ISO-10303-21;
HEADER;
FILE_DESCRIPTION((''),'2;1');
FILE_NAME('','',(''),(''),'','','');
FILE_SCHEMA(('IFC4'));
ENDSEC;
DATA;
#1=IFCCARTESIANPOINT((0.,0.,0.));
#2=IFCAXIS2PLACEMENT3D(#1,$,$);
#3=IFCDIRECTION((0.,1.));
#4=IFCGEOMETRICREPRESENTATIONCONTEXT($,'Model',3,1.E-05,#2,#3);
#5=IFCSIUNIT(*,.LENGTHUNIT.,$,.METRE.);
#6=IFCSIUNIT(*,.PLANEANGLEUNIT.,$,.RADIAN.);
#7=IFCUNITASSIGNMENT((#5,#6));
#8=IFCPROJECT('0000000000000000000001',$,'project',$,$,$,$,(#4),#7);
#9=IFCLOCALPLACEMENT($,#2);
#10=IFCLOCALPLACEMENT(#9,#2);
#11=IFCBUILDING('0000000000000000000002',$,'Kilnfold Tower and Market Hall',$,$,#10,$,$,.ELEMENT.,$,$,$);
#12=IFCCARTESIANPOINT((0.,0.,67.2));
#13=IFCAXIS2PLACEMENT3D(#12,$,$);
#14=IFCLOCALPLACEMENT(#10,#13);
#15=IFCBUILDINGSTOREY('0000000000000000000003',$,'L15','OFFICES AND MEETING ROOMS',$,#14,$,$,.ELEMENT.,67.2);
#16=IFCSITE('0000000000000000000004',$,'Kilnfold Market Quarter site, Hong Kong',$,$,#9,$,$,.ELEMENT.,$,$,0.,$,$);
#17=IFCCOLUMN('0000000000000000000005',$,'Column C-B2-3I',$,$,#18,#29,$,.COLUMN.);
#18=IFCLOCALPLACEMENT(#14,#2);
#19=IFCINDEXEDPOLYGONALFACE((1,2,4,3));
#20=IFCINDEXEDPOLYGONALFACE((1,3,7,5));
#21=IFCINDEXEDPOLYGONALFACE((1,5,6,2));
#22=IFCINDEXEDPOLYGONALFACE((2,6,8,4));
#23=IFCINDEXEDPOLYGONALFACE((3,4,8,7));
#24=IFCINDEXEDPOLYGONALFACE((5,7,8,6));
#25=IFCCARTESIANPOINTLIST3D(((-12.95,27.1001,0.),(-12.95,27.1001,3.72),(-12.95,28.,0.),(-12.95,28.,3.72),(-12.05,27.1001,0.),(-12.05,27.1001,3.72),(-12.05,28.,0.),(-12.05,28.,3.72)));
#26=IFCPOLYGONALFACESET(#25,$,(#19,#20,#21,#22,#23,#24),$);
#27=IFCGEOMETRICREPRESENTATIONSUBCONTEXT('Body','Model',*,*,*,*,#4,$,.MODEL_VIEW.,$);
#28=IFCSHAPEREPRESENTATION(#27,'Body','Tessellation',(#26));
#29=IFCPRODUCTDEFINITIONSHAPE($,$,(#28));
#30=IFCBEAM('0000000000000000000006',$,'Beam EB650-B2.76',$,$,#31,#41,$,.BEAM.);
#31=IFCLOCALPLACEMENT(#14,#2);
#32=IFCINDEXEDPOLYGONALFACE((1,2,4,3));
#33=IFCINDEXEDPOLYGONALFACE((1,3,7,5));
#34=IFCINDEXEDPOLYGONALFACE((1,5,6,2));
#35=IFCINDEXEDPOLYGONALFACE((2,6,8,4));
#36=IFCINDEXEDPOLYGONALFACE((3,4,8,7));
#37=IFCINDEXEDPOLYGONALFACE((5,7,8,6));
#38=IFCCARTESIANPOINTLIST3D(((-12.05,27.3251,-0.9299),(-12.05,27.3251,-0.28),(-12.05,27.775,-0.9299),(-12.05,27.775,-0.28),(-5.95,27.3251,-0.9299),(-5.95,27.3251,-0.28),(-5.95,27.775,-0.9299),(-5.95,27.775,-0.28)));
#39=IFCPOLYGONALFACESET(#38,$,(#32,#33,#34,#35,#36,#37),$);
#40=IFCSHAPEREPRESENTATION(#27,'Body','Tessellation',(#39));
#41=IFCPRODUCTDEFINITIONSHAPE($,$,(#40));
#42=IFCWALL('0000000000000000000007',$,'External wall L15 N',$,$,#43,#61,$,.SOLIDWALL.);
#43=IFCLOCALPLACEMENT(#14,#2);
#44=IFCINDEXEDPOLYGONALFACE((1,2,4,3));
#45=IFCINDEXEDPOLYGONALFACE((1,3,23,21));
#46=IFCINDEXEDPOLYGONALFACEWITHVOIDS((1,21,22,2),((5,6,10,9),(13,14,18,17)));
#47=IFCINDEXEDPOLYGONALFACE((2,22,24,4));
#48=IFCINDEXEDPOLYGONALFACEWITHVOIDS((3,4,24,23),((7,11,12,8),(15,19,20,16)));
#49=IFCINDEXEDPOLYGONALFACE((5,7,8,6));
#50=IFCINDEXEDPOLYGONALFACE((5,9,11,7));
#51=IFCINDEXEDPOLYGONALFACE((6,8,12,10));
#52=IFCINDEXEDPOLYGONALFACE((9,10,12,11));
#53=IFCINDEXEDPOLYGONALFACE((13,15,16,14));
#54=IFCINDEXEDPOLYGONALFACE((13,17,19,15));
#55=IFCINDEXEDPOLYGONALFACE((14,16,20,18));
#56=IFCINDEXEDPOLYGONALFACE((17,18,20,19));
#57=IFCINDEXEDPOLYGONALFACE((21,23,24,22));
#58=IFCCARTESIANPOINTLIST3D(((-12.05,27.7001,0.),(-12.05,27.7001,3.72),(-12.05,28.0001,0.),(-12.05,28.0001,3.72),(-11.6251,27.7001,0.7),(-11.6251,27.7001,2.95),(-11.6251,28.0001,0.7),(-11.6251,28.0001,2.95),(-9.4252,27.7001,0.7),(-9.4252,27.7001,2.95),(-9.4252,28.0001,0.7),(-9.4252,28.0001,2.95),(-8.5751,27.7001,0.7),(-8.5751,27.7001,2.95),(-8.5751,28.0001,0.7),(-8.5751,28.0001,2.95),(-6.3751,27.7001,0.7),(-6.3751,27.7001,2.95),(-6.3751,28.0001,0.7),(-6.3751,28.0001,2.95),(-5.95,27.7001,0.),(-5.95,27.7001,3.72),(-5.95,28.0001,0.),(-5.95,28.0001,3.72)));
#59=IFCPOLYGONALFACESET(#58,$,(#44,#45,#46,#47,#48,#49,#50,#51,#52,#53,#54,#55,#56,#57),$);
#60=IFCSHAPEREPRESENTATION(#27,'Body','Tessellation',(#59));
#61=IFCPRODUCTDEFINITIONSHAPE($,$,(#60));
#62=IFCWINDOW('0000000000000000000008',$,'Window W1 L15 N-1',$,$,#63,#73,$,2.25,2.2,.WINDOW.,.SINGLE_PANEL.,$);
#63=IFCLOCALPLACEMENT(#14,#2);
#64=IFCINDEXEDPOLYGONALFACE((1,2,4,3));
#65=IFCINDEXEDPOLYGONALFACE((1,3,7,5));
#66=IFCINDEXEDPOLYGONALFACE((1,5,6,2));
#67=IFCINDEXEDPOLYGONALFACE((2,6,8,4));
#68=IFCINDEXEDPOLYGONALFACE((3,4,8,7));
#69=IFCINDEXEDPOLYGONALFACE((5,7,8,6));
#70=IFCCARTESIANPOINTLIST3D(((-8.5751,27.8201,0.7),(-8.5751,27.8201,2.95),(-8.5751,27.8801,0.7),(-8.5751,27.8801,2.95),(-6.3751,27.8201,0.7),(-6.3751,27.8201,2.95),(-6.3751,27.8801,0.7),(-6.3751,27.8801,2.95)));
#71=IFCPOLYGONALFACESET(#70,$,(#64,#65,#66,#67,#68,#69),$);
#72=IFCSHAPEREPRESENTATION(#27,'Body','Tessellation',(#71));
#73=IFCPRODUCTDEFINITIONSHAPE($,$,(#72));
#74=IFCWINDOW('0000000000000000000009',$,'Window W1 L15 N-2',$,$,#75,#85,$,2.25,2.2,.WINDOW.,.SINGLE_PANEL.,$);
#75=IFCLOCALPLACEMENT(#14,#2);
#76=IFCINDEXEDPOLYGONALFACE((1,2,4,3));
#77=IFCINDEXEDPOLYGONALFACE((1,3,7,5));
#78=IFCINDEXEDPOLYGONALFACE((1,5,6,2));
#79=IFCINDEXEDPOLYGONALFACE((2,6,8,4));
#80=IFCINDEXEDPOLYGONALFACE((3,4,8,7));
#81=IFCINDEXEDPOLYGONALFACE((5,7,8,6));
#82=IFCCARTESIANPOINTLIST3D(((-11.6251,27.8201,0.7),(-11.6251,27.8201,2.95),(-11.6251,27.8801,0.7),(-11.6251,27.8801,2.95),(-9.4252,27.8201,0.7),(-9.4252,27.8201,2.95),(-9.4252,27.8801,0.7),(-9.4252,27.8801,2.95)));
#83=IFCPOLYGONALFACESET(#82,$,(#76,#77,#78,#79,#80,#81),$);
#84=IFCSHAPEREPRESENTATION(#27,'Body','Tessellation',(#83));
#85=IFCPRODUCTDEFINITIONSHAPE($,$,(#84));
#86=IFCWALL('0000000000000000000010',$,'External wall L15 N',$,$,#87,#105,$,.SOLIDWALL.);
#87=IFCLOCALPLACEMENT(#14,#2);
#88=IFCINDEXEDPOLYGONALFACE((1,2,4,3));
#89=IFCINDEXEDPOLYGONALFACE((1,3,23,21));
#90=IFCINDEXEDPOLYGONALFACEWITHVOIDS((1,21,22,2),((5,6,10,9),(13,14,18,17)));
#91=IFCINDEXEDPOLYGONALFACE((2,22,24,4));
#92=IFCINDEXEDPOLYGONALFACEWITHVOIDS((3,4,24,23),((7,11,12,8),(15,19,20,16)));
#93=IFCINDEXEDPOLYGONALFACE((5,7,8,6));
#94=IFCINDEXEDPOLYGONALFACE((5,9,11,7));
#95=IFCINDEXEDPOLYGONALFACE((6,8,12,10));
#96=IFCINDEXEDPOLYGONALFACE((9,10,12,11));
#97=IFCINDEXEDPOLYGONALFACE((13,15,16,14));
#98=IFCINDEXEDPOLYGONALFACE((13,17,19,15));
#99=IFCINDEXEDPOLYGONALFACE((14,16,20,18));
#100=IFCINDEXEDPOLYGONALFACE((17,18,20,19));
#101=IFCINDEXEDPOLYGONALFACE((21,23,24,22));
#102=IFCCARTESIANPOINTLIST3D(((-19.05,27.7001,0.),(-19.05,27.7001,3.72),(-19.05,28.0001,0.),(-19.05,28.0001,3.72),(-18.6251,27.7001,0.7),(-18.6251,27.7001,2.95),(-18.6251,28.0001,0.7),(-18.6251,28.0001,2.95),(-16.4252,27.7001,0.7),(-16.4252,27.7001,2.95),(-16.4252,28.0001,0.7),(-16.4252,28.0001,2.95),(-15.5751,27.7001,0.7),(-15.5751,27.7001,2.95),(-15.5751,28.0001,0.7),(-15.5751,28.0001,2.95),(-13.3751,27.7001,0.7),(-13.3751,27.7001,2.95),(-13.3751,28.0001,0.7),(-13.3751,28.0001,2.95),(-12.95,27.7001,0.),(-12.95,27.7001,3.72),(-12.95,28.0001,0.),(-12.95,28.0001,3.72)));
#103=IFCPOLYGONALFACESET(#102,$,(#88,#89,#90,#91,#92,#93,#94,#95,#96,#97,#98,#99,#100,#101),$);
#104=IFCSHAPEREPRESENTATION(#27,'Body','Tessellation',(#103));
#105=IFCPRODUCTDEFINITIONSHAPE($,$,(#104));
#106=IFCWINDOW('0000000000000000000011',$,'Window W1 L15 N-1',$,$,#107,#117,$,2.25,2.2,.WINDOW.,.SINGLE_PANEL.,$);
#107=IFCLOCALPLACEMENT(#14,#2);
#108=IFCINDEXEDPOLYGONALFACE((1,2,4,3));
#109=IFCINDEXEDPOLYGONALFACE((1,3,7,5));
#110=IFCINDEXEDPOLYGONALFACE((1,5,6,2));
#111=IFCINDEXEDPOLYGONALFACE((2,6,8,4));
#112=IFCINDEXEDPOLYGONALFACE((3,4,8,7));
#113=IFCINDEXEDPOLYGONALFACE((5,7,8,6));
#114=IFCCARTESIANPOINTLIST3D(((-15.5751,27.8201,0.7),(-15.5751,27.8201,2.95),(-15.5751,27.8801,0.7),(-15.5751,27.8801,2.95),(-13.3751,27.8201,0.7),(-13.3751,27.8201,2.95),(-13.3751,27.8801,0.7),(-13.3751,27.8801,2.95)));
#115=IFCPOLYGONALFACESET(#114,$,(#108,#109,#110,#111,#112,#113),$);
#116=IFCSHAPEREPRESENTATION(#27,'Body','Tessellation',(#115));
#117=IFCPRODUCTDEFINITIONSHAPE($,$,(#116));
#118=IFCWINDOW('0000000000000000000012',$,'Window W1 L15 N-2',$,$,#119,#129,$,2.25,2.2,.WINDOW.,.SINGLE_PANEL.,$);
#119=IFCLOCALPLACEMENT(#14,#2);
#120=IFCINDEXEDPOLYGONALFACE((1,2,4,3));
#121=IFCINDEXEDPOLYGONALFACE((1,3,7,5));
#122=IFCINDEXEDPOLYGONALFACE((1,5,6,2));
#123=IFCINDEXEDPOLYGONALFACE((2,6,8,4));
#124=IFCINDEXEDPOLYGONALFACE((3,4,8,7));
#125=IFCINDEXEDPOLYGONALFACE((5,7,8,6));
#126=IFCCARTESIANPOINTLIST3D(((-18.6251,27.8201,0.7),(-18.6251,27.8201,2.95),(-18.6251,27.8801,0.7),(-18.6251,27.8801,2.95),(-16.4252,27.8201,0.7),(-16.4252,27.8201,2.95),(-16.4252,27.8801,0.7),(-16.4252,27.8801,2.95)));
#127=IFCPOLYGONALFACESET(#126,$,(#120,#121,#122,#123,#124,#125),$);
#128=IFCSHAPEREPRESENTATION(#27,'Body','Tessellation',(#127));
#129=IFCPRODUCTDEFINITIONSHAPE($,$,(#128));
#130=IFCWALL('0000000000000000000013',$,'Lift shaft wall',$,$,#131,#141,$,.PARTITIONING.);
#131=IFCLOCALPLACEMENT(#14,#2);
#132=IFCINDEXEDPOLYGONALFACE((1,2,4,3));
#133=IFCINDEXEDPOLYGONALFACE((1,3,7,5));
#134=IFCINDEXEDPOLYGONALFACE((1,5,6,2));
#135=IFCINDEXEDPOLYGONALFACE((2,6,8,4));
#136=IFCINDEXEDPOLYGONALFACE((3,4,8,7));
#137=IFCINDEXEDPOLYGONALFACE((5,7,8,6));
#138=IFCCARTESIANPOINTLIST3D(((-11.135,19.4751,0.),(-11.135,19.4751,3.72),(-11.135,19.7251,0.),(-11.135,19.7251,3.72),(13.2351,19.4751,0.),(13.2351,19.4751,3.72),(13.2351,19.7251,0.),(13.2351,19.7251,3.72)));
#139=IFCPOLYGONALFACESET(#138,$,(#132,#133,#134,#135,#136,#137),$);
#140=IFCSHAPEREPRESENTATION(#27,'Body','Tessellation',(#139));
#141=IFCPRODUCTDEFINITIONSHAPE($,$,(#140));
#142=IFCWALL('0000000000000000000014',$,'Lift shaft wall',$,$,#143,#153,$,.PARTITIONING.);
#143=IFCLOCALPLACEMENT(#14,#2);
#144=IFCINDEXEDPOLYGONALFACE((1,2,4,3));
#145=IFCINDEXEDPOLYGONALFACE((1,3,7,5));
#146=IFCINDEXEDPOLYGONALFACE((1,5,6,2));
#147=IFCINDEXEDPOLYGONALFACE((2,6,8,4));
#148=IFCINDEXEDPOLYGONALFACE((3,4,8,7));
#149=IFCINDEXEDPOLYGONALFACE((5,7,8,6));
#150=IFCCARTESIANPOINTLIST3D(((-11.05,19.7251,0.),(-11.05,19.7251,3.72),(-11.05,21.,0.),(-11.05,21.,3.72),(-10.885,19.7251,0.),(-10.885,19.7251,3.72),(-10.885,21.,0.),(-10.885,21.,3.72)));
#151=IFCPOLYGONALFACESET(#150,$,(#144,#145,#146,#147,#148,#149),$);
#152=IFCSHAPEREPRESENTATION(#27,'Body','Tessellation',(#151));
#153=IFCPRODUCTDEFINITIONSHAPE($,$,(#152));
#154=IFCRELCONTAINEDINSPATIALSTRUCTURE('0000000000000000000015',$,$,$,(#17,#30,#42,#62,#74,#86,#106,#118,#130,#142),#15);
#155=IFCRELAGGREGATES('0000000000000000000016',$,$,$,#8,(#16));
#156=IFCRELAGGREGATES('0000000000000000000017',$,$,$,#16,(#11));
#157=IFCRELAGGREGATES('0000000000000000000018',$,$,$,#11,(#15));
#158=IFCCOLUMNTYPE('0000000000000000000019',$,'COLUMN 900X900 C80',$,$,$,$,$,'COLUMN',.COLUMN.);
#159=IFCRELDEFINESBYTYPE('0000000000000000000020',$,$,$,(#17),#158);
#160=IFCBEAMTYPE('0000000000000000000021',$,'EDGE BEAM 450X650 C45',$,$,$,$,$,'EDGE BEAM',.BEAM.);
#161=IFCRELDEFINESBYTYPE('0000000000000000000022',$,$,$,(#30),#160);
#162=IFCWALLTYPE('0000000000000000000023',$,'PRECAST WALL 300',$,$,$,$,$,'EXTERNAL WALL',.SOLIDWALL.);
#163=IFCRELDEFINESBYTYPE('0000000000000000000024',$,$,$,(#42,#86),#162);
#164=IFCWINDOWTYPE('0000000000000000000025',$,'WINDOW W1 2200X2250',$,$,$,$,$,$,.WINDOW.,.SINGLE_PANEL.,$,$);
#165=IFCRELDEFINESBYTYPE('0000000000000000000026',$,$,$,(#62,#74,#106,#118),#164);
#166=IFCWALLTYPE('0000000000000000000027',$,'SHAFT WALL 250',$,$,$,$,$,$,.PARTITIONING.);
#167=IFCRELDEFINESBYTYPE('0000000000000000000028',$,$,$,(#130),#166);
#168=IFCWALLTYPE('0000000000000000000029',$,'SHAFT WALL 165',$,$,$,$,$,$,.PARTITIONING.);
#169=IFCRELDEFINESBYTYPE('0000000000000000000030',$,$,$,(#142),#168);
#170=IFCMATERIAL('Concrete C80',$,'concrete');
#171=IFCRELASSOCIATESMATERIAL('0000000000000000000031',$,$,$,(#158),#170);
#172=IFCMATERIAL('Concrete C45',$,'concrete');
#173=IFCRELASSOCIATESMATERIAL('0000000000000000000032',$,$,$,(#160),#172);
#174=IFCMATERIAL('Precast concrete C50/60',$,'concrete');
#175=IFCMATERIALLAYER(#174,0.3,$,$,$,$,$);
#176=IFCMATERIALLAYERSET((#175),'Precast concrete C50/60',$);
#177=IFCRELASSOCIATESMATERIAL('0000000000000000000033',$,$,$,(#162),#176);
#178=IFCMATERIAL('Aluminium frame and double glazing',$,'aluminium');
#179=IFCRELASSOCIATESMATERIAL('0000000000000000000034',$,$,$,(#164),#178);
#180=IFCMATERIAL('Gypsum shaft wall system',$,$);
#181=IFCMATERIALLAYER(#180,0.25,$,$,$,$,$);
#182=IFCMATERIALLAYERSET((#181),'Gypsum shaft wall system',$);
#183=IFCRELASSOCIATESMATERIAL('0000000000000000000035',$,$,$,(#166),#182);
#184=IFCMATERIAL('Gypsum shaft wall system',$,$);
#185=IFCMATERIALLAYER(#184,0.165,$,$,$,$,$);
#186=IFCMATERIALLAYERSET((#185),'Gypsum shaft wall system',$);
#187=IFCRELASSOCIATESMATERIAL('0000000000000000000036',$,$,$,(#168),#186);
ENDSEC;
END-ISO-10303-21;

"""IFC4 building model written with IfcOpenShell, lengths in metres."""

from ifc_helpers import new_model, si_unit, direction, frame, frame_2d, origin, origin_2d, place, context, subcontext, project, spatial, rectangle, extrude, source, transform, mapped, material, layer, layer_set, material_profile, profile_set, type_object, element, fill, save


model = new_model("IFC4")

# Units and contexts
model_context = context("Model", 3, precision=1e-05, world=origin(), true_north=direction((0.0, 1.0)))
body_context = subcontext(model_context, "Body", "Model", "MODEL_VIEW")
ifc_project = project(units=[si_unit("LENGTHUNIT", "METRE"), si_unit("PLANEANGLEUNIT", "RADIAN")], contexts=[model_context])

# Site, building, storey
site_placement = place(None, origin())
site = spatial("IfcSite", under=ifc_project, at=site_placement, Name="Kilnfold Market Quarter site, Hong Kong", CompositionType="ELEMENT", RefElevation=0.0)
building_placement = place(site_placement, origin())
building = spatial("IfcBuilding", under=site, at=building_placement, Name="Kilnfold Tower and Market Hall", CompositionType="ELEMENT")
storey_placement = place(building_placement, frame((0.0, 0.0, 67.2)))
storey = spatial("IfcBuildingStorey", under=building, at=storey_placement, Name="L15", Description="OFFICES AND MEETING ROOMS", CompositionType="ELEMENT", Elevation=67.2)

# Column
ifc_material_1 = material(Name="Concrete C80", Category="concrete")
ifc_material_profile_1 = material_profile(ifc_material_1, rectangle(XDim=0.8999, YDim=0.8999, at=origin_2d()), Name="RC 900x900")
ifc_profile_set_1 = profile_set([ifc_material_profile_1], Name="Concrete C80")
column_type = type_object("IfcColumnType", Name="COLUMN 900X900 C80", ElementType="COLUMN", PredefinedType="COLUMN", material=ifc_profile_set_1)
shared_shape_1 = source(origin(), body_context, "Body", "SweptSolid", [
    extrude(rectangle(XDim=0.8999, YDim=0.8999, at=origin_2d()), origin(), (0.0, 0.0, 1.0), 3.72),
])
column_placement = place(storey_placement, frame((-12.5, 27.55, 0.0), z_axis=(0.0, 0.0, 1.0), x_axis=(1.0, 0.0, 0.0)))
element("IfcColumn", 1, at=column_placement, inside=storey, type_object=column_type, Name="Column C-B2-3I", PredefinedType="COLUMN", context=body_context, shape_type="MappedRepresentation", body=[
    mapped(shared_shape_1, transform((0.0, 0.0, 0.0))),
])

# Beam
ifc_material_2 = material(Name="Concrete C45", Category="concrete")
ifc_material_profile_2 = material_profile(ifc_material_2, rectangle(XDim=0.45, YDim=0.6499, at=origin_2d()), Name="RC 450x650")
ifc_profile_set_2 = profile_set([ifc_material_profile_2], Name="Concrete C45")
beam_type = type_object("IfcBeamType", Name="EDGE BEAM 450X650 C45", ElementType="EDGE BEAM", PredefinedType="BEAM", material=ifc_profile_set_2)
shared_shape_2 = source(origin(), body_context, "Body", "SweptSolid", [
    extrude(rectangle(XDim=0.45, YDim=0.6499, at=origin_2d()), origin(), (0.0, 0.0, 1.0), 6.1001),
])
beam_placement = place(storey_placement, frame((-12.05, 27.55, -0.605), z_axis=(1.0, 0.0, 0.0), x_axis=(0.0, 1.0, 0.0)))
element("IfcBeam", 2, at=beam_placement, inside=storey, type_object=beam_type, Name="Beam EB650-B2.76", PredefinedType="BEAM", context=body_context, shape_type="MappedRepresentation", body=[
    mapped(shared_shape_2, transform((0.0, 0.0, 0.0))),
])

# Walls, openings, windows
ifc_material_3 = material(Name="Precast concrete C50/60", Category="concrete")
ifc_layer_1 = layer(ifc_material_3, 0.3)
ifc_layer_set_1 = layer_set([ifc_layer_1], Name="Precast concrete C50/60")
wall_type_1 = type_object("IfcWallType", Name="PRECAST WALL 300", ElementType="EXTERNAL WALL", PredefinedType="SOLIDWALL", material=ifc_layer_set_1)
shared_shape_3 = source(origin(), body_context, "Body", "SweptSolid", [
    extrude(rectangle(XDim=6.1001, YDim=0.3, at=frame_2d((3.05, 0.0))), origin(), (0.0, 0.0, 1.0), 3.72),
])
wall_1_placement = place(storey_placement, frame((-5.95, 27.8501, 0.0), z_axis=(0.0, 0.0, 1.0), x_axis=(-1.0, 0.0, 0.0)))
wall_1 = element("IfcWall", 3, at=wall_1_placement, inside=storey, type_object=wall_type_1, Name="External wall L15 N", PredefinedType="SOLIDWALL", context=body_context, shape_type="MappedRepresentation", body=[
    mapped(shared_shape_3, transform((0.0, 0.0, 0.0))),
])
opening_1_placement = place(wall_1_placement, frame((0.425, 0.0, 0.7)))
opening_1 = element("IfcOpeningElement", 4, at=opening_1_placement, cuts=wall_1, PredefinedType="OPENING", context=body_context, shape_type="SweptSolid", body=[
    extrude(rectangle(XDim=2.2, YDim=2.25, at=frame_2d((1.1001, 1.125))), frame((0.0, 0.1602, 0.0), z_axis=(0.0, -1.0, 0.0), x_axis=(1.0, 0.0, 0.0)), (0.0, 0.0, 1.0), 0.3201),
])
opening_2_placement = place(wall_1_placement, frame((3.4751, 0.0, 0.7)))
opening_2 = element("IfcOpeningElement", 5, at=opening_2_placement, cuts=wall_1, PredefinedType="OPENING", context=body_context, shape_type="SweptSolid", body=[
    extrude(rectangle(XDim=2.2, YDim=2.25, at=frame_2d((1.1001, 1.125))), frame((0.0, 0.1602, 0.0), z_axis=(0.0, -1.0, 0.0), x_axis=(1.0, 0.0, 0.0)), (0.0, 0.0, 1.0), 0.3201),
])
ifc_material_4 = material(Name="Aluminium frame and double glazing", Category="aluminium")
window_type = type_object("IfcWindowType", Name="WINDOW W1 2200X2250", PartitioningType="SINGLE_PANEL", PredefinedType="WINDOW", material=ifc_material_4)
window_1_placement = place(opening_1_placement, origin())
window_1 = element("IfcWindow", 6, at=window_1_placement, inside=storey, type_object=window_type, Name="Window W1 L15 N-1", OverallHeight=2.25, OverallWidth=2.2, PartitioningType="SINGLE_PANEL", PredefinedType="WINDOW", context=body_context, shape_type="SweptSolid", body=[
    extrude(rectangle(XDim=2.2, YDim=2.25, at=frame_2d((1.1001, 1.125))), frame((0.0, 0.03, 0.0), z_axis=(0.0, -1.0, 0.0), x_axis=(1.0, 0.0, 0.0)), (0.0, 0.0, 1.0), 0.0601),
])
fill(opening_1, window_1)
window_2_placement = place(opening_2_placement, origin())
window_2 = element("IfcWindow", 7, at=window_2_placement, inside=storey, type_object=window_type, Name="Window W1 L15 N-2", OverallHeight=2.25, OverallWidth=2.2, PartitioningType="SINGLE_PANEL", PredefinedType="WINDOW", context=body_context, shape_type="SweptSolid", body=[
    extrude(rectangle(XDim=2.2, YDim=2.25, at=frame_2d((1.1001, 1.125))), frame((0.0, 0.03, 0.0), z_axis=(0.0, -1.0, 0.0), x_axis=(1.0, 0.0, 0.0)), (0.0, 0.0, 1.0), 0.0601),
])
fill(opening_2, window_2)
wall_2_placement = place(storey_placement, frame((-12.95, 27.8501, 0.0), z_axis=(0.0, 0.0, 1.0), x_axis=(-1.0, 0.0, 0.0)))
wall_2 = element("IfcWall", 8, at=wall_2_placement, inside=storey, type_object=wall_type_1, Name="External wall L15 N", PredefinedType="SOLIDWALL", context=body_context, shape_type="MappedRepresentation", body=[
    mapped(shared_shape_3, transform((0.0, 0.0, 0.0))),
])
opening_3_placement = place(wall_2_placement, frame((0.425, 0.0, 0.7)))
opening_3 = element("IfcOpeningElement", 9, at=opening_3_placement, cuts=wall_2, PredefinedType="OPENING", context=body_context, shape_type="SweptSolid", body=[
    extrude(rectangle(XDim=2.2, YDim=2.25, at=frame_2d((1.1001, 1.125))), frame((0.0, 0.1602, 0.0), z_axis=(0.0, -1.0, 0.0), x_axis=(1.0, 0.0, 0.0)), (0.0, 0.0, 1.0), 0.3201),
])
opening_4_placement = place(wall_2_placement, frame((3.4751, 0.0, 0.7)))
opening_4 = element("IfcOpeningElement", 10, at=opening_4_placement, cuts=wall_2, PredefinedType="OPENING", context=body_context, shape_type="SweptSolid", body=[
    extrude(rectangle(XDim=2.2, YDim=2.25, at=frame_2d((1.1001, 1.125))), frame((0.0, 0.1602, 0.0), z_axis=(0.0, -1.0, 0.0), x_axis=(1.0, 0.0, 0.0)), (0.0, 0.0, 1.0), 0.3201),
])
window_3_placement = place(opening_3_placement, origin())
window_3 = element("IfcWindow", 11, at=window_3_placement, inside=storey, type_object=window_type, Name="Window W1 L15 N-1", OverallHeight=2.25, OverallWidth=2.2, PartitioningType="SINGLE_PANEL", PredefinedType="WINDOW", context=body_context, shape_type="SweptSolid", body=[
    extrude(rectangle(XDim=2.2, YDim=2.25, at=frame_2d((1.1001, 1.125))), frame((0.0, 0.03, 0.0), z_axis=(0.0, -1.0, 0.0), x_axis=(1.0, 0.0, 0.0)), (0.0, 0.0, 1.0), 0.0601),
])
fill(opening_3, window_3)
window_4_placement = place(opening_4_placement, origin())
window_4 = element("IfcWindow", 12, at=window_4_placement, inside=storey, type_object=window_type, Name="Window W1 L15 N-2", OverallHeight=2.25, OverallWidth=2.2, PartitioningType="SINGLE_PANEL", PredefinedType="WINDOW", context=body_context, shape_type="SweptSolid", body=[
    extrude(rectangle(XDim=2.2, YDim=2.25, at=frame_2d((1.1001, 1.125))), frame((0.0, 0.03, 0.0), z_axis=(0.0, -1.0, 0.0), x_axis=(1.0, 0.0, 0.0)), (0.0, 0.0, 1.0), 0.0601),
])
fill(opening_4, window_4)

# Walls
ifc_material_5 = material(Name="Gypsum shaft wall system")
ifc_layer_2 = layer(ifc_material_5, 0.25)
ifc_layer_set_2 = layer_set([ifc_layer_2], Name="Gypsum shaft wall system")
wall_type_2 = type_object("IfcWallType", Name="SHAFT WALL 250", PredefinedType="PARTITIONING", material=ifc_layer_set_2)
shared_shape_4 = source(origin(), body_context, "Body", "SweptSolid", [
    extrude(rectangle(XDim=24.3701, YDim=0.25, at=frame_2d((12.1851, 0.0))), origin(), (0.0, 0.0, 1.0), 3.72),
])
wall_3_placement = place(storey_placement, frame((-11.135, 19.6001, 0.0), z_axis=(0.0, 0.0, 1.0), x_axis=(1.0, 0.0, 0.0)))
element("IfcWall", 13, at=wall_3_placement, inside=storey, type_object=wall_type_2, Name="Lift shaft wall", PredefinedType="PARTITIONING", context=body_context, shape_type="MappedRepresentation", body=[
    mapped(shared_shape_4, transform((0.0, 0.0, 0.0))),
])
ifc_material_6 = material(Name="Gypsum shaft wall system")
ifc_layer_3 = layer(ifc_material_6, 0.165)
ifc_layer_set_3 = layer_set([ifc_layer_3], Name="Gypsum shaft wall system")
wall_type_3 = type_object("IfcWallType", Name="SHAFT WALL 165", PredefinedType="PARTITIONING", material=ifc_layer_set_3)
shared_shape_5 = source(origin(), body_context, "Body", "SweptSolid", [
    extrude(rectangle(XDim=1.2749, YDim=0.165, at=frame_2d((0.6375, 0.0))), origin(), (0.0, 0.0, 1.0), 3.72),
])
wall_4_placement = place(storey_placement, frame((-10.9675, 19.7251, 0.0), z_axis=(0.0, 0.0, 1.0), x_axis=(0.0, 1.0, 0.0)))
element("IfcWall", 14, at=wall_4_placement, inside=storey, type_object=wall_type_3, Name="Lift shaft wall", PredefinedType="PARTITIONING", context=body_context, shape_type="MappedRepresentation", body=[
    mapped(shared_shape_5, transform((0.0, 0.0, 0.0))),
])

save(model, "model.ifc")
